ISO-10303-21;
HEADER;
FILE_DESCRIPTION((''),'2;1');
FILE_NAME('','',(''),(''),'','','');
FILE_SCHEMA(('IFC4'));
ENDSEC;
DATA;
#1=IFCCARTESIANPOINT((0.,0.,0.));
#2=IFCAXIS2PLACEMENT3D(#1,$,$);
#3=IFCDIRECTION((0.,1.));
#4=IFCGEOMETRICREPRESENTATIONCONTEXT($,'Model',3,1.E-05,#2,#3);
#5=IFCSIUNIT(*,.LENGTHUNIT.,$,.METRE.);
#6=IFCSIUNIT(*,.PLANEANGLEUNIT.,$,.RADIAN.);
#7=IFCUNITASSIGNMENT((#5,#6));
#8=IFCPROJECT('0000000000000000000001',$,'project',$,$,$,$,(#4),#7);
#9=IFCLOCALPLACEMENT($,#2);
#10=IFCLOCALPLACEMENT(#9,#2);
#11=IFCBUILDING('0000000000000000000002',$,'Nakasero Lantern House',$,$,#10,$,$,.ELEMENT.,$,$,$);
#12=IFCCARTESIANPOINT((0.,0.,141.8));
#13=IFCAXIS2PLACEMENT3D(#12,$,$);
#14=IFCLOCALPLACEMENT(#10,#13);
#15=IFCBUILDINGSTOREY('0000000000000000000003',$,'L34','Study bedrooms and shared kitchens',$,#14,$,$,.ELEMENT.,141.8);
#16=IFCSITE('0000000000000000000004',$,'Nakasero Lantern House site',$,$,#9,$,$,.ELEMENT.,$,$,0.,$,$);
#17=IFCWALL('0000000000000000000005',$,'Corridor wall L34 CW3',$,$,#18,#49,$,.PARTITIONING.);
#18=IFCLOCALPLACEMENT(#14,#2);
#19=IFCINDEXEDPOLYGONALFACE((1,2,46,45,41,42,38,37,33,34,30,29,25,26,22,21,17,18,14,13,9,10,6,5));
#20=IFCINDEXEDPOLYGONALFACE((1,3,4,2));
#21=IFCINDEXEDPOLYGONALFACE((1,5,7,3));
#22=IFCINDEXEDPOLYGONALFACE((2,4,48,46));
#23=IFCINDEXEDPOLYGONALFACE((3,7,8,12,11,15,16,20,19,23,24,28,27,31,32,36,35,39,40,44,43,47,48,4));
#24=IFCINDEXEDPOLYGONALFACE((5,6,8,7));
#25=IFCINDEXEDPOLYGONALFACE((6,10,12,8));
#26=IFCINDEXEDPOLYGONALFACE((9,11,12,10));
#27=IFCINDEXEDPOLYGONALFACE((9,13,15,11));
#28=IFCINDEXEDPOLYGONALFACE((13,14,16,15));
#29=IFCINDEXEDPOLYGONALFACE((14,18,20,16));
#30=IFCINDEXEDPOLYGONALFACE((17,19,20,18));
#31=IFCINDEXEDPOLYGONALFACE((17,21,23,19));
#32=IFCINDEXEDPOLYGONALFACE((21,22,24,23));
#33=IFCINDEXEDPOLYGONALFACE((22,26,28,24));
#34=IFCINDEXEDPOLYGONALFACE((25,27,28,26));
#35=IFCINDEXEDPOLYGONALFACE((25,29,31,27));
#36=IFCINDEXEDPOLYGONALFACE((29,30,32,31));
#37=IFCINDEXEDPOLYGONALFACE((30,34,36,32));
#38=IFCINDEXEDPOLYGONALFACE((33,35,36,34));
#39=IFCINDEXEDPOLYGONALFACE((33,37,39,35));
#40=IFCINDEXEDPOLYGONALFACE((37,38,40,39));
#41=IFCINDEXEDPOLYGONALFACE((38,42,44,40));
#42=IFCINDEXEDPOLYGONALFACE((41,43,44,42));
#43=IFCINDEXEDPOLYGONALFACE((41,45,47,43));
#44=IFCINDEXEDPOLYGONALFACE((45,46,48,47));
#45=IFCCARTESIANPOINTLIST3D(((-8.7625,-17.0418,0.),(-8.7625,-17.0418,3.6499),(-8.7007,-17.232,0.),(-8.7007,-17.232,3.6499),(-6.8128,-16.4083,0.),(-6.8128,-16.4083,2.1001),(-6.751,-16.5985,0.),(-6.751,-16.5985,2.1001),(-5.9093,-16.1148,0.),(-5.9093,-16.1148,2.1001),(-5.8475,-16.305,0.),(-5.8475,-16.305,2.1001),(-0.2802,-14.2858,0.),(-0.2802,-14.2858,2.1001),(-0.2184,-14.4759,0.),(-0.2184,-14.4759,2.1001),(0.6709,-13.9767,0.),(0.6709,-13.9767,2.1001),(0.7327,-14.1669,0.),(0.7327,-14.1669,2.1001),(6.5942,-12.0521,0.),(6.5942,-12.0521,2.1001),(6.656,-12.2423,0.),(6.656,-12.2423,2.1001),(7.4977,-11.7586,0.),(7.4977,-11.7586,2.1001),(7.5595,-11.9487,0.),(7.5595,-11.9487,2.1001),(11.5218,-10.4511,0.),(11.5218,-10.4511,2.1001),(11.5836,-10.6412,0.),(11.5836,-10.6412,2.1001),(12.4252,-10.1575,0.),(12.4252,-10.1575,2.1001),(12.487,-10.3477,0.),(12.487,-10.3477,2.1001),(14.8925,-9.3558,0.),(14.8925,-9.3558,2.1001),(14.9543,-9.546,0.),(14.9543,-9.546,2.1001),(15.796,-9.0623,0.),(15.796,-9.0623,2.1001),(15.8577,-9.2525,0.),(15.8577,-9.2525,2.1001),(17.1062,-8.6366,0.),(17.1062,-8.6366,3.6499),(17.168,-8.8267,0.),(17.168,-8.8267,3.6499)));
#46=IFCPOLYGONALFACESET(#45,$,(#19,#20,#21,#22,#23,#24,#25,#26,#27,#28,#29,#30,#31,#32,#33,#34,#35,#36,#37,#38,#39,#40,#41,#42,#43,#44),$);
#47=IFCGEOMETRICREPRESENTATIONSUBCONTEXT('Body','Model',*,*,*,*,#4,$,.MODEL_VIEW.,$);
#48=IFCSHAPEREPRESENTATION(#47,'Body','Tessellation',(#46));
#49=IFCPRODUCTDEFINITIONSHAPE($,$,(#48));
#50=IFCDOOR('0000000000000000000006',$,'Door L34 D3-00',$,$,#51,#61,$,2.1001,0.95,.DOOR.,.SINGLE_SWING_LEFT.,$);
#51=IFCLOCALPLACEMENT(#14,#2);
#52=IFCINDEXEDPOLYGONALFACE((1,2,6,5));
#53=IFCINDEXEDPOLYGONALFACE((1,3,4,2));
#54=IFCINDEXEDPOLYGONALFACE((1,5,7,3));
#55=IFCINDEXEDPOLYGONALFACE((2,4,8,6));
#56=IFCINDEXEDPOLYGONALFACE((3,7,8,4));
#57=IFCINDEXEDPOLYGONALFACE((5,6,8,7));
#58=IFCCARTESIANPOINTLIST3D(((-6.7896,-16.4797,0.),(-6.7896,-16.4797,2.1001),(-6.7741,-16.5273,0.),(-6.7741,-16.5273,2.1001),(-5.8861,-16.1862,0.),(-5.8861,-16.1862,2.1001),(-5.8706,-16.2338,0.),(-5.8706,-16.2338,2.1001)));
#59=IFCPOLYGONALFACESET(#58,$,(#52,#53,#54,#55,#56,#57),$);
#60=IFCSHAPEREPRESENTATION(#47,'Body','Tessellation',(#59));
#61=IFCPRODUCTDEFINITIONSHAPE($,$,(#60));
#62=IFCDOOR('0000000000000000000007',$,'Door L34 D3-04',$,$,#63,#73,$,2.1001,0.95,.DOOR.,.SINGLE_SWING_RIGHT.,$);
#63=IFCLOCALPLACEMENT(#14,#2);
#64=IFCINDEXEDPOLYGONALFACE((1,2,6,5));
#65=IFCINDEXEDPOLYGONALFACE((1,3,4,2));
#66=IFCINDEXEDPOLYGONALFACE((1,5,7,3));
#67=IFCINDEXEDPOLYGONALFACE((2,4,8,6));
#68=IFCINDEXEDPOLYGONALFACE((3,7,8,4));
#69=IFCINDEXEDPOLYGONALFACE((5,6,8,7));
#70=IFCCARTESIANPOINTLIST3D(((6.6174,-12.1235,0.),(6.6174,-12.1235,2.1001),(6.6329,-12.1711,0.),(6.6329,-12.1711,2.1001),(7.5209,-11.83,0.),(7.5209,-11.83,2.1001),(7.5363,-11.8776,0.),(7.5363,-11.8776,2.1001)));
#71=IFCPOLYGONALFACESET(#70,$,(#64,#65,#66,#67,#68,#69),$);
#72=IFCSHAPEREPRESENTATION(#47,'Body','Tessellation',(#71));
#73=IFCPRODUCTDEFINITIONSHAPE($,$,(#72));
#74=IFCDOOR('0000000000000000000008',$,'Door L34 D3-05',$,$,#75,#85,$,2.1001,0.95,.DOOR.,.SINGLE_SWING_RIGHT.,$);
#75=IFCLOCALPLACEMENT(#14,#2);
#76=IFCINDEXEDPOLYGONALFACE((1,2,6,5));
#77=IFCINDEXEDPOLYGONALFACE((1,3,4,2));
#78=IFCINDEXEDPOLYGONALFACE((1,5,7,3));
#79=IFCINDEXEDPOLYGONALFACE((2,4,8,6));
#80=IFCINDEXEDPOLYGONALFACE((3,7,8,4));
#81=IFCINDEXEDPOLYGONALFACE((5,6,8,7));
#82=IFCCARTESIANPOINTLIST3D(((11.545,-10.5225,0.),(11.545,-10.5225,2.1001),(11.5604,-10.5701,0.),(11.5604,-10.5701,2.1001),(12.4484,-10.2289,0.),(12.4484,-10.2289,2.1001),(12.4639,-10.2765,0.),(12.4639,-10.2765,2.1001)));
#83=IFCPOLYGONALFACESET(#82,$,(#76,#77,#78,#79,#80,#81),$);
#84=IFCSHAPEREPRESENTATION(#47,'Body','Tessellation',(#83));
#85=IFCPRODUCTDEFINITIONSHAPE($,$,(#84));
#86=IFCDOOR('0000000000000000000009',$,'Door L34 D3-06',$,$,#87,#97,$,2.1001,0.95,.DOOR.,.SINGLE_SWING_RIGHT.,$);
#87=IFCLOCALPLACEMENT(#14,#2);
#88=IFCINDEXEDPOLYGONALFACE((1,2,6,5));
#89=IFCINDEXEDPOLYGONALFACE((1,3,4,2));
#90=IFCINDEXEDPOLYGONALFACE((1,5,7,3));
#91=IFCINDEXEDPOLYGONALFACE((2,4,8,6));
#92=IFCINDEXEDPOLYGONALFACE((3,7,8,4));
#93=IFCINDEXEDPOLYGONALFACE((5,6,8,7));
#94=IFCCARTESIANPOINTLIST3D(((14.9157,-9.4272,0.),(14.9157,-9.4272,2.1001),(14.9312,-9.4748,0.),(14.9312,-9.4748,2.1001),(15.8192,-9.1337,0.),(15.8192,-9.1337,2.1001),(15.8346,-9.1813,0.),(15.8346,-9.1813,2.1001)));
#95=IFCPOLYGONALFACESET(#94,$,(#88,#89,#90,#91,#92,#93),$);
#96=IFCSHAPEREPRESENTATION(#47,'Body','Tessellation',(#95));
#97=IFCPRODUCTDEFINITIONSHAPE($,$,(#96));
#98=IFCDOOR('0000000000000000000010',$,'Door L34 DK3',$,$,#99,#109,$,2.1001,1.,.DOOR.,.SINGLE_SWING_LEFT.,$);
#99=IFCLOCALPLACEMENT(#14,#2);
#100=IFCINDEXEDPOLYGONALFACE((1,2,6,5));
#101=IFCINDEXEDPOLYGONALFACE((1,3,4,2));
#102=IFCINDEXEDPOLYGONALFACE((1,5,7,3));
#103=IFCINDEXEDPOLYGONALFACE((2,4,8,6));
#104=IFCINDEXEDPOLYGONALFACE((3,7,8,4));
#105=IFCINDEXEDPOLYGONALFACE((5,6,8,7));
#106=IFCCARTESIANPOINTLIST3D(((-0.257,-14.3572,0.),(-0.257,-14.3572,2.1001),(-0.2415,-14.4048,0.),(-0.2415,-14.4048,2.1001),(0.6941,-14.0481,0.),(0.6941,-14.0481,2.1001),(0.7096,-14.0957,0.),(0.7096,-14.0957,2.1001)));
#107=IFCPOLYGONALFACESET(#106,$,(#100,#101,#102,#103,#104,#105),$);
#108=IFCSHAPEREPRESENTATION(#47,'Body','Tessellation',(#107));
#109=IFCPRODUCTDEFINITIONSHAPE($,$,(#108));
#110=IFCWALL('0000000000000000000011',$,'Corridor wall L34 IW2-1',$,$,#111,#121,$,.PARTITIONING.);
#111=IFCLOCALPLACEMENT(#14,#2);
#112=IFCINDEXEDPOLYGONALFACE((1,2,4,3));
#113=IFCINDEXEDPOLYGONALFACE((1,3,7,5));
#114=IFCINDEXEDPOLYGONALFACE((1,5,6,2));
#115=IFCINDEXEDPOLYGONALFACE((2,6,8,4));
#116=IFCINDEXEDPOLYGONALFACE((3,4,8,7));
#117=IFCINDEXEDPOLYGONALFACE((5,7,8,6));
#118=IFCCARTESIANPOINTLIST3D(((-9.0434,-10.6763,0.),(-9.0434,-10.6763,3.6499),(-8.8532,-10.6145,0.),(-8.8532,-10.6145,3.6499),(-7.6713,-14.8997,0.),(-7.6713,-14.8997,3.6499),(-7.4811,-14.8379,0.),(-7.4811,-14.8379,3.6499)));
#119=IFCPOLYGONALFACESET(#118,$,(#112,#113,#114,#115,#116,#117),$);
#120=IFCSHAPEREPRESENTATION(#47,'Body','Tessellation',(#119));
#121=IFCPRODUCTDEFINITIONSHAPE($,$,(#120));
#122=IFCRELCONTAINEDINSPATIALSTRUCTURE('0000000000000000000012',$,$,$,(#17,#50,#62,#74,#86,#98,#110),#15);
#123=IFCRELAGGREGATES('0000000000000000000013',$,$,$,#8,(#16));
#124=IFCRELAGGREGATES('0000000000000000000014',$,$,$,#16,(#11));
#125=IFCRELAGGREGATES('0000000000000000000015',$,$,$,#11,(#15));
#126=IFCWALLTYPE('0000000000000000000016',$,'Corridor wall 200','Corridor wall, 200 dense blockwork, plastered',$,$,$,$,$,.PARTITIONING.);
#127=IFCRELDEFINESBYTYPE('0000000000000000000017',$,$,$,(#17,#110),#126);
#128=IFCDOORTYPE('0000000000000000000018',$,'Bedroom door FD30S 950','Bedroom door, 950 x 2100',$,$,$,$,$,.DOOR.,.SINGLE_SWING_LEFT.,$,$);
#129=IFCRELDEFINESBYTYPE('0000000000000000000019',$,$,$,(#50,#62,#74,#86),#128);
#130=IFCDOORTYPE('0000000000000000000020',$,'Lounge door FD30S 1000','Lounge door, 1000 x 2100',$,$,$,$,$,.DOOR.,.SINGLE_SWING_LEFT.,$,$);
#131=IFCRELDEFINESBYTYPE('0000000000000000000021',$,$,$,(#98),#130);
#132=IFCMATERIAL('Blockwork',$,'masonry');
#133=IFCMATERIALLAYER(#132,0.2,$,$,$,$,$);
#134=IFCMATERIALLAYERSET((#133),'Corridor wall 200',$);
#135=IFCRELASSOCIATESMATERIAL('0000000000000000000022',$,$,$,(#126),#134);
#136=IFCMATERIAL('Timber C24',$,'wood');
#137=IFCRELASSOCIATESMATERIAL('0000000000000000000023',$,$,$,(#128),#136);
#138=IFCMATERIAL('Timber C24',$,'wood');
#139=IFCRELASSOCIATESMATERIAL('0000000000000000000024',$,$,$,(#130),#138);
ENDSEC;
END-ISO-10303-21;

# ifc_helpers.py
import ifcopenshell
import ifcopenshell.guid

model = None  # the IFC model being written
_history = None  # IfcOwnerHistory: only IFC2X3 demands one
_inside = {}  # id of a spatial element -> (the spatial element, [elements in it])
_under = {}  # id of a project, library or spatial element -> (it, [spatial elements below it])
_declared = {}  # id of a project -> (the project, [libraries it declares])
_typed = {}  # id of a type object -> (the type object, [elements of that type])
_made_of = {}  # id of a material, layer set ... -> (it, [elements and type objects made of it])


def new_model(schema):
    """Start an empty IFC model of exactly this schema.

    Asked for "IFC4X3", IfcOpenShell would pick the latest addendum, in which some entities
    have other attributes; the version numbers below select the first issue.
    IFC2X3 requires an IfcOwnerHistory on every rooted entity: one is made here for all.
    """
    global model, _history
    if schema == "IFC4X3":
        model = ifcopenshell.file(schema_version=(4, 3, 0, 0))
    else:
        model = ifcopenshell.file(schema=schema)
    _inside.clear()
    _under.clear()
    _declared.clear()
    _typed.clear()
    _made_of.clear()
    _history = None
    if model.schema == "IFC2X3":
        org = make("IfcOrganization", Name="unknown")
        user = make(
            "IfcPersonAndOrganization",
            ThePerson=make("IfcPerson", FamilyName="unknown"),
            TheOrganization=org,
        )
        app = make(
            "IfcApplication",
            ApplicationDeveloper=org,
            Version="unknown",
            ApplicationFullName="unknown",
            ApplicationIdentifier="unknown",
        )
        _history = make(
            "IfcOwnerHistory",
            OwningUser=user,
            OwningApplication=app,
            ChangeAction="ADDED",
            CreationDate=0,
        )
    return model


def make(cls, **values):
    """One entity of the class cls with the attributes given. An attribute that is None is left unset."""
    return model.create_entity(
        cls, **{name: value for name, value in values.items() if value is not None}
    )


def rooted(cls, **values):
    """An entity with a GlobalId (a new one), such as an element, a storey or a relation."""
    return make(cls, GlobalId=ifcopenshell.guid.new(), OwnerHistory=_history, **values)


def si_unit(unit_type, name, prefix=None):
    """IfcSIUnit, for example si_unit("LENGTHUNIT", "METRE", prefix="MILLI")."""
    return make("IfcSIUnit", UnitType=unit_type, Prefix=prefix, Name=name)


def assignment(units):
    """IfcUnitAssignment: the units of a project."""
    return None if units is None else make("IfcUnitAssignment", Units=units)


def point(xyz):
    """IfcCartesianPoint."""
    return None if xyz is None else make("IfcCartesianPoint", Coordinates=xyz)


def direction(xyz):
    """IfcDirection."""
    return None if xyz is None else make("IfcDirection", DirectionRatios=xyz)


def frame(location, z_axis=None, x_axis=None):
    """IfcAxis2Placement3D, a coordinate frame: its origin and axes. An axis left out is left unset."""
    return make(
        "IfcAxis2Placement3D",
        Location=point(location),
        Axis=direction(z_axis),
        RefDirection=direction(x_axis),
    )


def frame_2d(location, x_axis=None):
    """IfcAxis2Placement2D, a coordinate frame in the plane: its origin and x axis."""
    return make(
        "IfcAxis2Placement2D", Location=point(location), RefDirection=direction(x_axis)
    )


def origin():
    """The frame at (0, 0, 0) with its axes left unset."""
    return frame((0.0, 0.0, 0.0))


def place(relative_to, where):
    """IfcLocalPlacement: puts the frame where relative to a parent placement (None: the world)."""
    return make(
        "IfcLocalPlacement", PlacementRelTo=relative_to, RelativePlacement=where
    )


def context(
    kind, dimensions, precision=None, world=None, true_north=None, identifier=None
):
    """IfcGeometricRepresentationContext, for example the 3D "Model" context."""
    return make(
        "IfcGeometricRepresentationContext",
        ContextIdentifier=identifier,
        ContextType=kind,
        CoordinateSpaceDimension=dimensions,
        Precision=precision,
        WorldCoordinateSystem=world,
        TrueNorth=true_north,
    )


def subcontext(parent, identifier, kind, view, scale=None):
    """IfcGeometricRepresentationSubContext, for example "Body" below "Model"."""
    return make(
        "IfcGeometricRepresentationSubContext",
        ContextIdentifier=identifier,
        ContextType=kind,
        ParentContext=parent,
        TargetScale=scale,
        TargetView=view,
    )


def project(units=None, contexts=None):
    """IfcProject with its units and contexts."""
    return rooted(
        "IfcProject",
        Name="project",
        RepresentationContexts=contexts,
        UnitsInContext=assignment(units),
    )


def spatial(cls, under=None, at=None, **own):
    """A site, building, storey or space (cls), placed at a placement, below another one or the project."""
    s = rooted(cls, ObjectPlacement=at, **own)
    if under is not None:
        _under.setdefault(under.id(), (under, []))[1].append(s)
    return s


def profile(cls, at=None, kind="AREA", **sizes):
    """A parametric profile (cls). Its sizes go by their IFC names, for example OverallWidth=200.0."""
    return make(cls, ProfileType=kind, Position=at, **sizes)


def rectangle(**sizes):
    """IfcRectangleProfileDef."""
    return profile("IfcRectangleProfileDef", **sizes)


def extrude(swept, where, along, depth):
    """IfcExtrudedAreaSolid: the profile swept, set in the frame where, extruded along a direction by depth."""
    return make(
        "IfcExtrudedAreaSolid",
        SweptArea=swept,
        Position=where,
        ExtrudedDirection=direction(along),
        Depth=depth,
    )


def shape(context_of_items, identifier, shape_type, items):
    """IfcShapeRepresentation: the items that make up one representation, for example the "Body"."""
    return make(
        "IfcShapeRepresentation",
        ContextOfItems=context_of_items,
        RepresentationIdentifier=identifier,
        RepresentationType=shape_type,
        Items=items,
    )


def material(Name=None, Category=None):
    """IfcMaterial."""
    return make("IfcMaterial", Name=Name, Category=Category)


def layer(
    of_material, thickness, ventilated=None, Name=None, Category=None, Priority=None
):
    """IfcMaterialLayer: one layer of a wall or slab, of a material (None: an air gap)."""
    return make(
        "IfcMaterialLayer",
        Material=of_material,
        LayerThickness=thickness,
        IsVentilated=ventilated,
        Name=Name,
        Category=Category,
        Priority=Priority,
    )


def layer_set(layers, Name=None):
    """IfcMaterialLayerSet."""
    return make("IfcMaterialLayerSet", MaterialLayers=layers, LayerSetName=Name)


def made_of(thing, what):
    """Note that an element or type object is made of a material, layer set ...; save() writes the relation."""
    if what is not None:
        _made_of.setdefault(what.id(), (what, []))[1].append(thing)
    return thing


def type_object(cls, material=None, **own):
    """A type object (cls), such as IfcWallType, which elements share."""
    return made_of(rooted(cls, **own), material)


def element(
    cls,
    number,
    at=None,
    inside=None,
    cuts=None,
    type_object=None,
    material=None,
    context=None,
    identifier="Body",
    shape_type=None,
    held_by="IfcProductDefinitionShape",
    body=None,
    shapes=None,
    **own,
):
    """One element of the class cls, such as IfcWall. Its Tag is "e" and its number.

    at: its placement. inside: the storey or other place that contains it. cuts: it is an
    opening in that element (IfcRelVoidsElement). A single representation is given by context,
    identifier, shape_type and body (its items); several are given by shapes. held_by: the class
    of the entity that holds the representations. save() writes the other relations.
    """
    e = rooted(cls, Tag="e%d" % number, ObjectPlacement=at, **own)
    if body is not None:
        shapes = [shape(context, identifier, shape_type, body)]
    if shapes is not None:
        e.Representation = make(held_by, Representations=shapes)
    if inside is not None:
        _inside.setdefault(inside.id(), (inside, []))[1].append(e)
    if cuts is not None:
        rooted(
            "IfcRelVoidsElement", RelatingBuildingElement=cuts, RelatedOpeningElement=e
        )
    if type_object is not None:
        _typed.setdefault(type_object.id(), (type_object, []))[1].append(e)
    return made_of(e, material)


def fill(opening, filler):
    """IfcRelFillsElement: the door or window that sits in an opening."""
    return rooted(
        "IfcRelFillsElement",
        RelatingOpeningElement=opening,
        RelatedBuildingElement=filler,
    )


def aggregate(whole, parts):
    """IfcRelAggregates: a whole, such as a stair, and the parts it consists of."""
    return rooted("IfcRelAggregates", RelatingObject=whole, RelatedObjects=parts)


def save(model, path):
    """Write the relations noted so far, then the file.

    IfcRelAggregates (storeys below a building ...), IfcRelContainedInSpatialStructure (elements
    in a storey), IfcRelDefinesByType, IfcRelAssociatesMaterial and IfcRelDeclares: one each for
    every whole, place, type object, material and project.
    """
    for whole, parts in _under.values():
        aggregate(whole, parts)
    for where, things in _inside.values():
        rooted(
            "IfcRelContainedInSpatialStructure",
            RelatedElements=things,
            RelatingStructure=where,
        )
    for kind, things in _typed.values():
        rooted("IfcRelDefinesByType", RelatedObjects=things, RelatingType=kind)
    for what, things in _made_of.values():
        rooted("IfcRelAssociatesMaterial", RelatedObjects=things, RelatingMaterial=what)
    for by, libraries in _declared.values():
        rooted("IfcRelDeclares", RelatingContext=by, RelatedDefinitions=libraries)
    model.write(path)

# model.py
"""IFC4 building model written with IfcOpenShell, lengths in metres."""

from ifc_helpers import new_model, si_unit, direction, frame, frame_2d, origin, place, context, subcontext, project, spatial, rectangle, extrude, material, layer, layer_set, type_object, element, fill, save


model = new_model("IFC4")

# Units and contexts
model_context = context("Model", 3, precision=1e-05, world=origin(), true_north=direction((0.0, 1.0)))
body_context = subcontext(model_context, "Body", "Model", "MODEL_VIEW")
ifc_project = project(units=[si_unit("LENGTHUNIT", "METRE"), si_unit("PLANEANGLEUNIT", "RADIAN")], contexts=[model_context])

# Site, building, storey
site_placement = place(None, origin())
site = spatial("IfcSite", under=ifc_project, at=site_placement, Name="Nakasero Lantern House site", CompositionType="ELEMENT", RefElevation=0.0)
building_placement = place(site_placement, origin())
building = spatial("IfcBuilding", under=site, at=building_placement, Name="Nakasero Lantern House", CompositionType="ELEMENT")
storey_placement = place(building_placement, frame((0.0, 0.0, 141.8)))
storey = spatial("IfcBuildingStorey", under=building, at=storey_placement, Name="L34", Description="Study bedrooms and shared kitchens", CompositionType="ELEMENT", Elevation=141.8)

# Wall, openings, doors
ifc_material_1 = material(Name="Blockwork", Category="masonry")
ifc_layer_1 = layer(ifc_material_1, 0.2)
ifc_layer_set_1 = layer_set([ifc_layer_1], Name="Corridor wall 200")
wall_type_1 = type_object("IfcWallType", Name="Corridor wall 200", Description="Corridor wall, 200 dense blockwork, plastered", PredefinedType="PARTITIONING", material=ifc_layer_set_1)
wall_1_placement = place(storey_placement, frame((-8.7317, -17.137, 0.0), z_axis=(0.0, 0.0, 1.0), x_axis=(0.951056, 0.309018, 0.0)))
wall_1 = element("IfcWall", 1, at=wall_1_placement, inside=storey, type_object=wall_type_1, Name="Corridor wall L34 CW3", PredefinedType="PARTITIONING", context=body_context, shape_type="SweptSolid", body=[
    extrude(rectangle(XDim=27.2, YDim=0.2, at=frame_2d((13.6001, 0.0))), origin(), (0.0, 0.0, 1.0), 3.6499),
])
opening_1_placement = place(wall_1_placement, frame((2.05, 0.0, 0.0)))
opening_1 = element("IfcOpeningElement", 2, at=opening_1_placement, cuts=wall_1, PredefinedType="OPENING", context=body_context, shape_type="SweptSolid", body=[
    extrude(rectangle(XDim=0.95, YDim=2.1001, at=frame_2d((0.4751, 1.05))), frame((0.0, 0.1199, 0.0), z_axis=(0.0, -1.0, 0.0), x_axis=(1.0, 0.0, 0.0)), (0.0, 0.0, 1.0), 0.24),
])
opening_2_placement = place(wall_1_placement, frame((16.147, 0.0, 0.0)))
opening_2 = element("IfcOpeningElement", 3, at=opening_2_placement, cuts=wall_1, PredefinedType="OPENING", context=body_context, shape_type="SweptSolid", body=[
    extrude(rectangle(XDim=0.95, YDim=2.1001, at=frame_2d((0.4751, 1.05))), frame((0.0, 0.1199, 0.0), z_axis=(0.0, -1.0, 0.0), x_axis=(1.0, 0.0, 0.0)), (0.0, 0.0, 1.0), 0.24),
])
opening_3_placement = place(wall_1_placement, frame((21.3281, 0.0, 0.0)))
opening_3 = element("IfcOpeningElement", 4, at=opening_3_placement, cuts=wall_1, PredefinedType="OPENING", context=body_context, shape_type="SweptSolid", body=[
    extrude(rectangle(XDim=0.95, YDim=2.1001, at=frame_2d((0.4751, 1.05))), frame((0.0, 0.1199, 0.0), z_axis=(0.0, -1.0, 0.0), x_axis=(1.0, 0.0, 0.0)), (0.0, 0.0, 1.0), 0.24),
])
opening_4_placement = place(wall_1_placement, frame((24.8723, 0.0, 0.0)))
opening_4 = element("IfcOpeningElement", 5, at=opening_4_placement, cuts=wall_1, PredefinedType="OPENING", context=body_context, shape_type="SweptSolid", body=[
    extrude(rectangle(XDim=0.95, YDim=2.1001, at=frame_2d((0.4751, 1.05))), frame((0.0, 0.1199, 0.0), z_axis=(0.0, -1.0, 0.0), x_axis=(1.0, 0.0, 0.0)), (0.0, 0.0, 1.0), 0.24),
])
opening_5_placement = place(wall_1_placement, frame((8.9189, 0.0, 0.0)))
opening_5 = element("IfcOpeningElement", 6, at=opening_5_placement, cuts=wall_1, PredefinedType="OPENING", context=body_context, shape_type="SweptSolid", body=[
    extrude(rectangle(XDim=1.0, YDim=2.1001, at=frame_2d((0.5, 1.05))), frame((0.0, 0.1199, 0.0), z_axis=(0.0, -1.0, 0.0), x_axis=(1.0, 0.0, 0.0)), (0.0, 0.0, 1.0), 0.24),
])
ifc_material_2 = material(Name="Timber C24", Category="wood")
door_type_1 = type_object("IfcDoorType", Name="Bedroom door FD30S 950", Description="Bedroom door, 950 x 2100", OperationType="SINGLE_SWING_LEFT", PredefinedType="DOOR", material=ifc_material_2)
door_1_placement = place(opening_1_placement, origin())
door_1 = element("IfcDoor", 7, at=door_1_placement, inside=storey, type_object=door_type_1, Name="Door L34 D3-00", OperationType="SINGLE_SWING_LEFT", OverallHeight=2.1001, OverallWidth=0.95, PredefinedType="DOOR", context=body_context, shape_type="SweptSolid", body=[
    extrude(rectangle(XDim=0.95, YDim=2.1001, at=frame_2d((0.4751, 1.05))), frame((0.0, 0.0249, 0.0), z_axis=(0.0, -1.0, 0.0), x_axis=(1.0, 0.0, 0.0)), (0.0, 0.0, 1.0), 0.05),
])
fill(opening_1, door_1)
door_2_placement = place(opening_2_placement, origin())
door_2 = element("IfcDoor", 8, at=door_2_placement, inside=storey, type_object=door_type_1, Name="Door L34 D3-04", OperationType="SINGLE_SWING_RIGHT", OverallHeight=2.1001, OverallWidth=0.95, PredefinedType="DOOR", context=body_context, shape_type="SweptSolid", body=[
    extrude(rectangle(XDim=0.95, YDim=2.1001, at=frame_2d((0.4751, 1.05))), frame((0.0, 0.0249, 0.0), z_axis=(0.0, -1.0, 0.0), x_axis=(1.0, 0.0, 0.0)), (0.0, 0.0, 1.0), 0.05),
])
fill(opening_2, door_2)
door_3_placement = place(opening_3_placement, origin())
door_3 = element("IfcDoor", 9, at=door_3_placement, inside=storey, type_object=door_type_1, Name="Door L34 D3-05", OperationType="SINGLE_SWING_RIGHT", OverallHeight=2.1001, OverallWidth=0.95, PredefinedType="DOOR", context=body_context, shape_type="SweptSolid", body=[
    extrude(rectangle(XDim=0.95, YDim=2.1001, at=frame_2d((0.4751, 1.05))), frame((0.0, 0.0249, 0.0), z_axis=(0.0, -1.0, 0.0), x_axis=(1.0, 0.0, 0.0)), (0.0, 0.0, 1.0), 0.05),
])
fill(opening_3, door_3)
door_4_placement = place(opening_4_placement, origin())
door_4 = element("IfcDoor", 10, at=door_4_placement, inside=storey, type_object=door_type_1, Name="Door L34 D3-06", OperationType="SINGLE_SWING_RIGHT", OverallHeight=2.1001, OverallWidth=0.95, PredefinedType="DOOR", context=body_context, shape_type="SweptSolid", body=[
    extrude(rectangle(XDim=0.95, YDim=2.1001, at=frame_2d((0.4751, 1.05))), frame((0.0, 0.0249, 0.0), z_axis=(0.0, -1.0, 0.0), x_axis=(1.0, 0.0, 0.0)), (0.0, 0.0, 1.0), 0.05),
])
fill(opening_4, door_4)
ifc_material_3 = material(Name="Timber C24", Category="wood")
door_type_2 = type_object("IfcDoorType", Name="Lounge door FD30S 1000", Description="Lounge door, 1000 x 2100", OperationType="SINGLE_SWING_LEFT", PredefinedType="DOOR", material=ifc_material_3)
door_5_placement = place(opening_5_placement, origin())
door_5 = element("IfcDoor", 11, at=door_5_placement, inside=storey, type_object=door_type_2, Name="Door L34 DK3", OperationType="SINGLE_SWING_LEFT", OverallHeight=2.1001, OverallWidth=1.0, PredefinedType="DOOR", context=body_context, shape_type="SweptSolid", body=[
    extrude(rectangle(XDim=1.0, YDim=2.1001, at=frame_2d((0.5, 1.05))), frame((0.0, 0.0249, 0.0), z_axis=(0.0, -1.0, 0.0), x_axis=(1.0, 0.0, 0.0)), (0.0, 0.0, 1.0), 0.05),
])
fill(opening_5, door_5)

# Wall
wall_2_placement = place(storey_placement, frame((-8.9482, -10.6455, 0.0), z_axis=(0.0, 0.0, 1.0), x_axis=(0.308978, -0.951069, 0.0)))
element("IfcWall", 12, at=wall_2_placement, inside=storey, type_object=wall_type_1, Name="Corridor wall L34 IW2-1", PredefinedType="PARTITIONING", context=body_context, shape_type="SweptSolid", body=[
    extrude(rectangle(XDim=4.4407, YDim=0.2, at=frame_2d((2.2202, 0.0))), origin(), (0.0, 0.0, 1.0), 3.6499),
])

save(model, "model.ifc")
